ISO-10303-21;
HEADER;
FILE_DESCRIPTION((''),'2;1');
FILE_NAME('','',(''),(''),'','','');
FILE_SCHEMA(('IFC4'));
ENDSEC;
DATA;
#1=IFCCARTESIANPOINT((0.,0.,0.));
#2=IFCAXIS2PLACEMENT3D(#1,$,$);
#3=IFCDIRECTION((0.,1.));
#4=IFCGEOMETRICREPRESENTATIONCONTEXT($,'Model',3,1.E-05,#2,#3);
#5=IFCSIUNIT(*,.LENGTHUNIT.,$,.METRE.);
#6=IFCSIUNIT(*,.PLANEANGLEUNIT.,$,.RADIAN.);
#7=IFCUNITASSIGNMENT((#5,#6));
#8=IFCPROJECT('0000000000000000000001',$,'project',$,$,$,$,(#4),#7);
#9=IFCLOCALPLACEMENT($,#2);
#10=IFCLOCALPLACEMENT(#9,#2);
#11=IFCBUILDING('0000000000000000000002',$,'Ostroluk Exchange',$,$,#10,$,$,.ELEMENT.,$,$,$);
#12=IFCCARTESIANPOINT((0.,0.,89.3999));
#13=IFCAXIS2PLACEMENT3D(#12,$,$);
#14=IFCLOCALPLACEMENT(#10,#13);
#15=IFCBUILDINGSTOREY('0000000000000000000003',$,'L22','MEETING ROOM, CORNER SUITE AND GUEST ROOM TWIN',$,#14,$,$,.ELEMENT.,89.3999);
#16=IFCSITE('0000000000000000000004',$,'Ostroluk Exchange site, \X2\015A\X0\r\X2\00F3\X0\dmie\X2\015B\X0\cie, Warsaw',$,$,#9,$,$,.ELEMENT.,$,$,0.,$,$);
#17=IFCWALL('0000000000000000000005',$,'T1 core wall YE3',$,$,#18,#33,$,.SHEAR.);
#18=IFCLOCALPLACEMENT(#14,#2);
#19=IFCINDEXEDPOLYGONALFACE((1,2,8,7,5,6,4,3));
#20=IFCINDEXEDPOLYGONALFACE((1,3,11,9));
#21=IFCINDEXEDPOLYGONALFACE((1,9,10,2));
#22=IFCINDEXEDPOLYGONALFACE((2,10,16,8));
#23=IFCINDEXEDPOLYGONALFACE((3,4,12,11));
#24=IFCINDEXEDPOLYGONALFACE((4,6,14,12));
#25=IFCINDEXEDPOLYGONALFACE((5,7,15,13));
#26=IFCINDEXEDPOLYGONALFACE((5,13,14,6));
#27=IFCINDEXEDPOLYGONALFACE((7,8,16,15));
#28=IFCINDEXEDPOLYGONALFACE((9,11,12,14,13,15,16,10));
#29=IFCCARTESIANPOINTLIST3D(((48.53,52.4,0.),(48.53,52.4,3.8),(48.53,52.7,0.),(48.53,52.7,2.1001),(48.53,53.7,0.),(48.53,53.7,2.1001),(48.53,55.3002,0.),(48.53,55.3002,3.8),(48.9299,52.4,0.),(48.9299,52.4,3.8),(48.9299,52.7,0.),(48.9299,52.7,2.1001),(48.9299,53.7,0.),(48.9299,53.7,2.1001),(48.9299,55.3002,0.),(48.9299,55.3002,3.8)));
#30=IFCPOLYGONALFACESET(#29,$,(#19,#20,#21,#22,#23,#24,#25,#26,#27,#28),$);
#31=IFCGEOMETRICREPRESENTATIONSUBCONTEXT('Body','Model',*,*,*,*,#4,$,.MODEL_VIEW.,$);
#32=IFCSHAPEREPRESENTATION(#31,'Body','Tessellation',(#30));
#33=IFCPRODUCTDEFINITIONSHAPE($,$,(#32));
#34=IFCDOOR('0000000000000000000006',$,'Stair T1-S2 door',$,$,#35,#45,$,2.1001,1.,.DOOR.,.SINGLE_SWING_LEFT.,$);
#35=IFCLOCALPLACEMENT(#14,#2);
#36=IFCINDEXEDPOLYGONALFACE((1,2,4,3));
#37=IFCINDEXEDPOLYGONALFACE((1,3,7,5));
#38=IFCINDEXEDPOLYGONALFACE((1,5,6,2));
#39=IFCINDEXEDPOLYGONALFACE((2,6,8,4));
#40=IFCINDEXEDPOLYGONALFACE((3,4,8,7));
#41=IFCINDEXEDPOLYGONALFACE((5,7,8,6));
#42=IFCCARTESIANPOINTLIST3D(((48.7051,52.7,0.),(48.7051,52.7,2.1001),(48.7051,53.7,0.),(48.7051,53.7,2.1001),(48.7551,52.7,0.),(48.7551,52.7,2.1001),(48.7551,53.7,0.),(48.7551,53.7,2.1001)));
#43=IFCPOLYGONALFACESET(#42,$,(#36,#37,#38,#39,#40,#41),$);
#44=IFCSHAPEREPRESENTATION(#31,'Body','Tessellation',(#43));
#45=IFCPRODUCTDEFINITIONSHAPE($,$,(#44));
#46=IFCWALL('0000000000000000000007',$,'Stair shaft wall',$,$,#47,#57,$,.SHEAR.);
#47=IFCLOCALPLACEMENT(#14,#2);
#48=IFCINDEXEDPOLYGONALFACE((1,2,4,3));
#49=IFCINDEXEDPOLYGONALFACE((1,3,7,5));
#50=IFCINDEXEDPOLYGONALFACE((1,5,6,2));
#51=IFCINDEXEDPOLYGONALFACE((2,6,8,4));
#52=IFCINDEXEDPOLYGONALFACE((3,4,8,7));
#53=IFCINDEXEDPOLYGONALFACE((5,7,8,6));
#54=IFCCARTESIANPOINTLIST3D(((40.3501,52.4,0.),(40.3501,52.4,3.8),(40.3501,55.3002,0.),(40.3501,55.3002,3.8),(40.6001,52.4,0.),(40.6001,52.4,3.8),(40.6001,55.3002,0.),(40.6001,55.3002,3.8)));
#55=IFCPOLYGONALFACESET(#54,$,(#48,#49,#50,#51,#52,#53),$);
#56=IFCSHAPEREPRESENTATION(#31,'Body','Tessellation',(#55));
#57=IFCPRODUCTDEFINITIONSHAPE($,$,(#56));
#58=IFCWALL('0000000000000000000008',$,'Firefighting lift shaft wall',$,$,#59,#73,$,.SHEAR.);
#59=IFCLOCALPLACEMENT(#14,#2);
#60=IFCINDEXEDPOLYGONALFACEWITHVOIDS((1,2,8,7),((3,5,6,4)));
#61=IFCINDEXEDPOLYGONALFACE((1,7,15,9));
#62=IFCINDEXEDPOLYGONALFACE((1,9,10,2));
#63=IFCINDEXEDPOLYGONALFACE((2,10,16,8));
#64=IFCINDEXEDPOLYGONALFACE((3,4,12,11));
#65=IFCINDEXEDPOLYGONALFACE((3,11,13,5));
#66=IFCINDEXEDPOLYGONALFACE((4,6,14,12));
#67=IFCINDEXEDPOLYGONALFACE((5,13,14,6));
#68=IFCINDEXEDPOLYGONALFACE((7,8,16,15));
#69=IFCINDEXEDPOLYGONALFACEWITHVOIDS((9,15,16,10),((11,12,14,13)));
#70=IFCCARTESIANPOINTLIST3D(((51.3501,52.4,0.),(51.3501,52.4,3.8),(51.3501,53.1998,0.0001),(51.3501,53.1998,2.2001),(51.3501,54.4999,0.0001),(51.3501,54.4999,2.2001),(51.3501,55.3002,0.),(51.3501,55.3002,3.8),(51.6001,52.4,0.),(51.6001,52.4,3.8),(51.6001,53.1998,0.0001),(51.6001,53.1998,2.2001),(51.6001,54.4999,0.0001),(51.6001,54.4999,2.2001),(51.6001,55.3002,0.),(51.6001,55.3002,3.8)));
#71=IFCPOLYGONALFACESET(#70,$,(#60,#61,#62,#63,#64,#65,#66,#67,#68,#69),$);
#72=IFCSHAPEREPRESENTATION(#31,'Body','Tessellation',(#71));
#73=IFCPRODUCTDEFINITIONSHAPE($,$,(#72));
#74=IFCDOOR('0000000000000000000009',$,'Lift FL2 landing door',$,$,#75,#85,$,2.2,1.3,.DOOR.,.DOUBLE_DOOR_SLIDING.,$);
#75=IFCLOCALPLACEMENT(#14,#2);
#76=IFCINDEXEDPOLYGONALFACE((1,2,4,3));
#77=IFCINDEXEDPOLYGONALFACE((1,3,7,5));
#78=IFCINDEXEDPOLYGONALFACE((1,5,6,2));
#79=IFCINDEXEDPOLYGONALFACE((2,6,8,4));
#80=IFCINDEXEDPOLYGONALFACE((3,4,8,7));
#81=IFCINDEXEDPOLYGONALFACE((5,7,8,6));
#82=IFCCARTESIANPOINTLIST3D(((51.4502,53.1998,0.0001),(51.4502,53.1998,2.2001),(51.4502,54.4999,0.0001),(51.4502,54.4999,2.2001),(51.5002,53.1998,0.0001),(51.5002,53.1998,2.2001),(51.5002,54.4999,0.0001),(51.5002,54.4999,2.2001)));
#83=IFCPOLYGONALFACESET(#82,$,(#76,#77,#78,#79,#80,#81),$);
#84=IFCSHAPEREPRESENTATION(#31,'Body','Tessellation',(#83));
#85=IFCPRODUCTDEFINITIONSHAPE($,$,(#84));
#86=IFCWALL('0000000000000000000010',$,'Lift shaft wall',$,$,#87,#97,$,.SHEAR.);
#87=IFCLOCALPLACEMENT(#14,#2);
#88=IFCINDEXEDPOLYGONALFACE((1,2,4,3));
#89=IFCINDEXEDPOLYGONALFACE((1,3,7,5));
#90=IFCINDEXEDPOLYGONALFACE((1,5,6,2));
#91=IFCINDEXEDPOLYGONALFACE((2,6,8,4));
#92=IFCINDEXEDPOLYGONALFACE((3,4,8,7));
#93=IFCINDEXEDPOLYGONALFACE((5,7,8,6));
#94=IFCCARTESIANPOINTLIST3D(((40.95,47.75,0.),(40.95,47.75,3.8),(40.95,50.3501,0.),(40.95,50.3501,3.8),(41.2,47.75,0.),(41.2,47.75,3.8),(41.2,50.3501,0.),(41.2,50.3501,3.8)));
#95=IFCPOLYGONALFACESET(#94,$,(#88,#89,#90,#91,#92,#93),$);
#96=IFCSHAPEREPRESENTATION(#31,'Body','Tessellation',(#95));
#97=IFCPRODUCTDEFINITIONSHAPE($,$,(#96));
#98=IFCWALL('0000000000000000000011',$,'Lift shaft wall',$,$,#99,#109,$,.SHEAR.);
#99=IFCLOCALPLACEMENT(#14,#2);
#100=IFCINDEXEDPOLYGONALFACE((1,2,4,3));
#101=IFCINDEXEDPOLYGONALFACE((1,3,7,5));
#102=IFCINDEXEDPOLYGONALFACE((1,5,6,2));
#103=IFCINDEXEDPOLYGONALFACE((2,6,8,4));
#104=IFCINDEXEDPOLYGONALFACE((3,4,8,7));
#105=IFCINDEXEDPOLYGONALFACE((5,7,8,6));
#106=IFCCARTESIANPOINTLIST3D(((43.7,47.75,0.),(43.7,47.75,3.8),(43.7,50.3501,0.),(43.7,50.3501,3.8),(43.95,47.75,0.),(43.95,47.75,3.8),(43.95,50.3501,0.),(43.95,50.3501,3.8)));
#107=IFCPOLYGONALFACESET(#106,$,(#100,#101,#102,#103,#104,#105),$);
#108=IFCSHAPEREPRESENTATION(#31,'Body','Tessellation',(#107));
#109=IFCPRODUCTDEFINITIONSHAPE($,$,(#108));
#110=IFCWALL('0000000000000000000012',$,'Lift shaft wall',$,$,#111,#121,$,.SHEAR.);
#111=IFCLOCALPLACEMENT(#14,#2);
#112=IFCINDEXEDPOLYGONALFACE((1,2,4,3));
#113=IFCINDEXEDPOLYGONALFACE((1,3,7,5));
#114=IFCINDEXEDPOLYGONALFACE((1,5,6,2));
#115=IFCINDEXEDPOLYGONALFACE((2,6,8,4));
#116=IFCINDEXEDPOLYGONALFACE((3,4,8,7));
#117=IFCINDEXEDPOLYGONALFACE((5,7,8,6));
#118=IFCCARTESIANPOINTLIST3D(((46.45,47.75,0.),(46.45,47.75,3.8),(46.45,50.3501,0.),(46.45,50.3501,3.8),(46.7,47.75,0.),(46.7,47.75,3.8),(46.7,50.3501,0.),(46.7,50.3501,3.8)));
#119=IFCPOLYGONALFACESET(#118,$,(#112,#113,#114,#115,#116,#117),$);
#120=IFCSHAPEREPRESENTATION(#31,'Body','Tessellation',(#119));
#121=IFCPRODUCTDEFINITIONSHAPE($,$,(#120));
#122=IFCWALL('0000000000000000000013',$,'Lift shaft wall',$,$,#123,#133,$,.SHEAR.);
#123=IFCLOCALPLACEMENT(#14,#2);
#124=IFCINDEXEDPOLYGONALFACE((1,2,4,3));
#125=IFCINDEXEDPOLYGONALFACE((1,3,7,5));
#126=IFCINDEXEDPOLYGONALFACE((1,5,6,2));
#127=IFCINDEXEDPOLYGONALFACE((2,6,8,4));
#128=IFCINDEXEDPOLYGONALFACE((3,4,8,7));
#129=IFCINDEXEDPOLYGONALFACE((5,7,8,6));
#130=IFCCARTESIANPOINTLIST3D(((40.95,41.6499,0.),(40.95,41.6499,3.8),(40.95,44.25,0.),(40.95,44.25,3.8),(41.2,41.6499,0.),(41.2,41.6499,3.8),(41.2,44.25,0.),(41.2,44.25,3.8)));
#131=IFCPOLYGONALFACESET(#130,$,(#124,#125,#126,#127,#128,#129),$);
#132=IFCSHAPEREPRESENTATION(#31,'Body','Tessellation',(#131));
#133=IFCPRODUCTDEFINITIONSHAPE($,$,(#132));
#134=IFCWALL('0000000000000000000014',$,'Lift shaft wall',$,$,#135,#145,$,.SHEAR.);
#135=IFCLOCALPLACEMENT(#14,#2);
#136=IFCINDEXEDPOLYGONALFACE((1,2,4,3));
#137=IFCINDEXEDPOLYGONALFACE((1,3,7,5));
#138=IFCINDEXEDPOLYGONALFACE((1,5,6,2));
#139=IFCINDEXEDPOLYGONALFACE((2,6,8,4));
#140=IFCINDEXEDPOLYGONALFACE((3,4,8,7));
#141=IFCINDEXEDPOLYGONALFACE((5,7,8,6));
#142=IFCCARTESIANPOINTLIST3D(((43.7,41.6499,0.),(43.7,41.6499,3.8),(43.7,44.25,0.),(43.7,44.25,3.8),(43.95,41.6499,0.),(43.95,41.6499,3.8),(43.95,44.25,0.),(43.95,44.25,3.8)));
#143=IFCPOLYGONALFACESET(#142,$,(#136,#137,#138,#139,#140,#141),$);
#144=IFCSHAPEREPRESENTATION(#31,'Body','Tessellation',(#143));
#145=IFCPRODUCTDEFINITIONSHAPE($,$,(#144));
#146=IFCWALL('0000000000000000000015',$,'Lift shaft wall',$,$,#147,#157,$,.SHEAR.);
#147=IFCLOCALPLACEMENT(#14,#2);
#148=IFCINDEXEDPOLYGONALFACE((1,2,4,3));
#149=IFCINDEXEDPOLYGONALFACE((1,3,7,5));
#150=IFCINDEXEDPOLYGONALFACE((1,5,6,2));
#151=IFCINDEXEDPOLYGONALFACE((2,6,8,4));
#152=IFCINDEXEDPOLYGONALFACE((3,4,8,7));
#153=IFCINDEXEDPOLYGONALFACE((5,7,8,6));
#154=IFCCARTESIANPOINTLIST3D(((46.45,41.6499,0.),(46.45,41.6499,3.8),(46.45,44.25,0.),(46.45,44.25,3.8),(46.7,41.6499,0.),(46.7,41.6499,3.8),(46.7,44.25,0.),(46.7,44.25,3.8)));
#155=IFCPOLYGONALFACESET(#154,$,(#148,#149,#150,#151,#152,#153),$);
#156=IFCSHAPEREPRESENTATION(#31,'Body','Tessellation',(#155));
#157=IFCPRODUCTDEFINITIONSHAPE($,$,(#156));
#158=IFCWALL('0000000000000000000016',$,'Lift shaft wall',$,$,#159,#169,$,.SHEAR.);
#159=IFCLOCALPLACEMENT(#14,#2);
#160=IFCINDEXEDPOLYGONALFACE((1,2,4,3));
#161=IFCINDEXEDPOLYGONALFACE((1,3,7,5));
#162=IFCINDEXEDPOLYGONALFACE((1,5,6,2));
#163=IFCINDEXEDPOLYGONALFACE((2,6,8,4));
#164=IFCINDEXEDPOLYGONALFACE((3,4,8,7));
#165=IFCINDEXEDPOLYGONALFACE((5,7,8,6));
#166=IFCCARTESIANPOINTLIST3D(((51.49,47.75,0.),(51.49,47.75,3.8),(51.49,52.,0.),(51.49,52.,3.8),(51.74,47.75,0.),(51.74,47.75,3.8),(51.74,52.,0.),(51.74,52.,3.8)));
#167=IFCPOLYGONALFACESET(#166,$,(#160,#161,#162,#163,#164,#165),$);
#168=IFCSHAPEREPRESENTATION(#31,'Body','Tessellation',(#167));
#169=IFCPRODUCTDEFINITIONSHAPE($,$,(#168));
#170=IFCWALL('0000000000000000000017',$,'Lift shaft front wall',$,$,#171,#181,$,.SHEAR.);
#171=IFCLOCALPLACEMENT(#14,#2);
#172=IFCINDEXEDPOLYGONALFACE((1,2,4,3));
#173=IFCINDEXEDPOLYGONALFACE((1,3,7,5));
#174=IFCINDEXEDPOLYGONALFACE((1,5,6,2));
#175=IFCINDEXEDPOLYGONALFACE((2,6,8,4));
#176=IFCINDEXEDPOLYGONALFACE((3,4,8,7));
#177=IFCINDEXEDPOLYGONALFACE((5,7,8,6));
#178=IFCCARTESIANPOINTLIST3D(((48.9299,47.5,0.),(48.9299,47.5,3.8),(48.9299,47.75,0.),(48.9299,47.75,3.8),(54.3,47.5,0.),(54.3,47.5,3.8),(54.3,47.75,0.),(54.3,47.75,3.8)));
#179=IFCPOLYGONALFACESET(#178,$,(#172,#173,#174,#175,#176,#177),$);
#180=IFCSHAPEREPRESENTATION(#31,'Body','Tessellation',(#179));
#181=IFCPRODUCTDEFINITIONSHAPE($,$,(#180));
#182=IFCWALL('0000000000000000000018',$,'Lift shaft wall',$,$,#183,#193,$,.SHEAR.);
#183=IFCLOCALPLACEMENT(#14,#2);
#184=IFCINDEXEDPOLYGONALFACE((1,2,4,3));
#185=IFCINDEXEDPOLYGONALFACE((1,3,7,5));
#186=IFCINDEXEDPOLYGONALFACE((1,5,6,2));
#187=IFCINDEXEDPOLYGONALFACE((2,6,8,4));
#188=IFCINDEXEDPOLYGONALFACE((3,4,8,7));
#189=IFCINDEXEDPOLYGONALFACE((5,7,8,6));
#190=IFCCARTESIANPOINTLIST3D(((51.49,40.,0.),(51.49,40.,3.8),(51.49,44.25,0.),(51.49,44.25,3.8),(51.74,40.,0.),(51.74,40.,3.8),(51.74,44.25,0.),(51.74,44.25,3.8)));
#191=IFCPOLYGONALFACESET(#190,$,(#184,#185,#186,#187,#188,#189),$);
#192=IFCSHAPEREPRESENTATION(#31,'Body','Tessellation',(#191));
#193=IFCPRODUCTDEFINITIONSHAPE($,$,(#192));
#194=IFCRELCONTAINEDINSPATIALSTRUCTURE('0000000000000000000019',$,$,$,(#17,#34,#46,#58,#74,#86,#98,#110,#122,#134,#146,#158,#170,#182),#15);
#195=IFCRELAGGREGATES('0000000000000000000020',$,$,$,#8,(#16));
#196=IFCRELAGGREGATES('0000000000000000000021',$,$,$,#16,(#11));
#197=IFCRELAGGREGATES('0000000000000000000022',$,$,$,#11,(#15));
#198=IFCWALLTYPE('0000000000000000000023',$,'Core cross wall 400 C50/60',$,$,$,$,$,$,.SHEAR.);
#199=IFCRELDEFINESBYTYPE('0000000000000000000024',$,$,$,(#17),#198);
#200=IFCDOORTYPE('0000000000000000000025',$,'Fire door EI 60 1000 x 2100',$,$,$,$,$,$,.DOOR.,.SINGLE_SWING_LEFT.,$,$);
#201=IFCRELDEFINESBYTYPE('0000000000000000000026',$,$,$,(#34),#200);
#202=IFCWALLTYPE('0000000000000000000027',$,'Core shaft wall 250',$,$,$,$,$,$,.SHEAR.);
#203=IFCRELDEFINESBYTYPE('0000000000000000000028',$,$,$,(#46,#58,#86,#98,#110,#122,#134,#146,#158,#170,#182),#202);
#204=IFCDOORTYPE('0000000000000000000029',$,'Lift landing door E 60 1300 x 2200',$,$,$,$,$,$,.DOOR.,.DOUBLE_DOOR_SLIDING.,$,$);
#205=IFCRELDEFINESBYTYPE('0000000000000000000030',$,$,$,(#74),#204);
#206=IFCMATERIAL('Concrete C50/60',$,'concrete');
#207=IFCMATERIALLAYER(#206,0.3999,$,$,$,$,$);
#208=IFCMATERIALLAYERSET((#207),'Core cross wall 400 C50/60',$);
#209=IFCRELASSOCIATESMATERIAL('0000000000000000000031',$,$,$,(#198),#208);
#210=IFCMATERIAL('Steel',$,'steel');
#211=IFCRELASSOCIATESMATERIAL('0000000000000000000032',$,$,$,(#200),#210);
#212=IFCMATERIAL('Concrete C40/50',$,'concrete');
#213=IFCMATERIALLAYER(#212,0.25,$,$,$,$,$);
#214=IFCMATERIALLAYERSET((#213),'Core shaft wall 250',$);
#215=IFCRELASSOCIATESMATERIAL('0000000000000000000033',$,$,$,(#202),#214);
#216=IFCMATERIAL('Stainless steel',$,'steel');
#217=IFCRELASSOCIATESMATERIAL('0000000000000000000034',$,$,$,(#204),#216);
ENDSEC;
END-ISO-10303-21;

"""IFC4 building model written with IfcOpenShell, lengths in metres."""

from ifc_helpers import new_model, si_unit, direction, frame, frame_2d, origin, place, context, subcontext, project, spatial, rectangle, extrude, material, layer, layer_set, type_object, element, fill, save


model = new_model("IFC4")

# Units and contexts
model_context = context("Model", 3, precision=1e-05, world=origin(), true_north=direction((0.0, 1.0)))
body_context = subcontext(model_context, "Body", "Model", "MODEL_VIEW")
ifc_project = project(units=[si_unit("LENGTHUNIT", "METRE"), si_unit("PLANEANGLEUNIT", "RADIAN")], contexts=[model_context])

# Site, building, storey
site_placement = place(None, origin())
site = spatial("IfcSite", under=ifc_project, at=site_placement, Name="Ostroluk Exchange site, Śródmieście, Warsaw", CompositionType="ELEMENT", RefElevation=0.0)
building_placement = place(site_placement, origin())
building = spatial("IfcBuilding", under=site, at=building_placement, Name="Ostroluk Exchange", CompositionType="ELEMENT")
storey_placement = place(building_placement, frame((0.0, 0.0, 89.3999)))
storey = spatial("IfcBuildingStorey", under=building, at=storey_placement, Name="L22", Description="MEETING ROOM, CORNER SUITE AND GUEST ROOM TWIN", CompositionType="ELEMENT", Elevation=89.3999)

# Wall, opening, door
ifc_material_1 = material(Name="Concrete C50/60", Category="concrete")
ifc_layer_1 = layer(ifc_material_1, 0.3999)
ifc_layer_set_1 = layer_set([ifc_layer_1], Name="Core cross wall 400 C50/60")
wall_type_1 = type_object("IfcWallType", Name="Core cross wall 400 C50/60", PredefinedType="SHEAR", material=ifc_layer_set_1)
wall_1_placement = place(storey_placement, frame((48.73, 52.3999, 0.0), z_axis=(0.0, 0.0, 1.0), x_axis=(0.0, 1.0, 0.0)))
wall_1 = element("IfcWall", 1, at=wall_1_placement, inside=storey, type_object=wall_type_1, Name="T1 core wall YE3", PredefinedType="SHEAR", context=body_context, shape_type="SweptSolid", body=[
    extrude(rectangle(XDim=2.9001, YDim=0.3999, at=frame_2d((1.4502, 0.0))), origin(), (0.0, 0.0, 1.0), 3.8),
])
opening_1_placement = place(wall_1_placement, frame((0.3, 0.0, 0.0)))
opening_1 = element("IfcOpeningElement", 2, at=opening_1_placement, cuts=wall_1, PredefinedType="OPENING", context=body_context, shape_type="SweptSolid", body=[
    extrude(rectangle(XDim=1.0, YDim=2.1001, at=frame_2d((0.5, 1.05))), frame((0.0, 0.21, 0.0), z_axis=(0.0, -1.0, 0.0), x_axis=(1.0, 0.0, 0.0)), (0.0, 0.0, 1.0), 0.4199),
])
ifc_material_2 = material(Name="Steel", Category="steel")
door_type_1 = type_object("IfcDoorType", Name="Fire door EI 60 1000 x 2100", OperationType="SINGLE_SWING_LEFT", PredefinedType="DOOR", material=ifc_material_2)
door_1_placement = place(opening_1_placement, origin())
door_1 = element("IfcDoor", 3, at=door_1_placement, inside=storey, type_object=door_type_1, Name="Stair T1-S2 door", OperationType="SINGLE_SWING_LEFT", OverallHeight=2.1001, OverallWidth=1.0, PredefinedType="DOOR", context=body_context, shape_type="SweptSolid", body=[
    extrude(rectangle(XDim=1.0, YDim=2.1001, at=frame_2d((0.5, 1.05))), frame((0.0, 0.0249, 0.0), z_axis=(0.0, -1.0, 0.0), x_axis=(1.0, 0.0, 0.0)), (0.0, 0.0, 1.0), 0.05),
])
fill(opening_1, door_1)

# Wall
ifc_material_3 = material(Name="Concrete C40/50", Category="concrete")
ifc_layer_2 = layer(ifc_material_3, 0.25)
ifc_layer_set_2 = layer_set([ifc_layer_2], Name="Core shaft wall 250")
wall_type_2 = type_object("IfcWallType", Name="Core shaft wall 250", PredefinedType="SHEAR", material=ifc_layer_set_2)
wall_2_placement = place(storey_placement, frame((40.4751, 52.3999, 0.0), z_axis=(0.0, 0.0, 1.0), x_axis=(0.0, 1.0, 0.0)))
element("IfcWall", 4, at=wall_2_placement, inside=storey, type_object=wall_type_2, Name="Stair shaft wall", PredefinedType="SHEAR", context=body_context, shape_type="SweptSolid", body=[
    extrude(rectangle(XDim=2.9001, YDim=0.25, at=frame_2d((1.4502, 0.0))), origin(), (0.0, 0.0, 1.0), 3.8),
])

# Wall, opening, door
wall_3_placement = place(storey_placement, frame((51.4751, 52.3999, 0.0), z_axis=(0.0, 0.0, 1.0), x_axis=(0.0, 1.0, 0.0)))
wall_3 = element("IfcWall", 5, at=wall_3_placement, inside=storey, type_object=wall_type_2, Name="Firefighting lift shaft wall", PredefinedType="SHEAR", context=body_context, shape_type="SweptSolid", body=[
    extrude(rectangle(XDim=2.9001, YDim=0.25, at=frame_2d((1.4502, 0.0))), origin(), (0.0, 0.0, 1.0), 3.8),
])
opening_2_placement = place(wall_3_placement, frame((0.8, 0.0, 0.0)))
opening_2 = element("IfcOpeningElement", 6, at=opening_2_placement, cuts=wall_3, PredefinedType="OPENING", context=body_context, shape_type="SweptSolid", body=[
    extrude(rectangle(XDim=1.3, YDim=2.2, at=frame_2d((0.6499, 1.1001))), frame((0.0, 0.135, 0.0), z_axis=(0.0, -1.0, 0.0), x_axis=(1.0, 0.0, 0.0)), (0.0, 0.0, 1.0), 0.27),
])
ifc_material_4 = material(Name="Stainless steel", Category="steel")
door_type_2 = type_object("IfcDoorType", Name="Lift landing door E 60 1300 x 2200", OperationType="DOUBLE_DOOR_SLIDING", PredefinedType="DOOR", material=ifc_material_4)
door_2_placement = place(opening_2_placement, origin())
door_2 = element("IfcDoor", 7, at=door_2_placement, inside=storey, type_object=door_type_2, Name="Lift FL2 landing door", OperationType="DOUBLE_DOOR_SLIDING", OverallHeight=2.2, OverallWidth=1.3, PredefinedType="DOOR", context=body_context, shape_type="SweptSolid", body=[
    extrude(rectangle(XDim=1.3, YDim=2.2, at=frame_2d((0.6499, 1.1001))), frame((0.0, 0.0249, 0.0), z_axis=(0.0, -1.0, 0.0), x_axis=(1.0, 0.0, 0.0)), (0.0, 0.0, 1.0), 0.05),
])
fill(opening_2, door_2)

# Walls
for number, where, z_axis, x_axis, name in (
    (8, (41.075, 47.75, 0.0), (0.0, 0.0, 1.0), (0.0, 1.0, 0.0), "Lift shaft wall"),
    (9, (43.825, 47.75, 0.0), (0.0, 0.0, 1.0), (0.0, 1.0, 0.0), "Lift shaft wall"),
    (10, (46.575, 47.75, 0.0), (0.0, 0.0, 1.0), (0.0, 1.0, 0.0), "Lift shaft wall"),
    (11, (41.075, 44.25, 0.0), (0.0, 0.0, 1.0), (0.0, -1.0, 0.0), "Lift shaft wall"),
    (12, (43.825, 44.25, 0.0), (0.0, 0.0, 1.0), (0.0, -1.0, 0.0), "Lift shaft wall"),
    (13, (46.575, 44.25, 0.0), (0.0, 0.0, 1.0), (0.0, -1.0, 0.0), "Lift shaft wall"),
):
    element("IfcWall", number, at=place(storey_placement, frame(where, z_axis=z_axis, x_axis=x_axis)), inside=storey, type_object=wall_type_2, Name=name, PredefinedType="SHEAR", context=body_context, shape_type="SweptSolid", body=[
        extrude(rectangle(XDim=2.6001, YDim=0.25, at=frame_2d((1.3, 0.0))), origin(), (0.0, 0.0, 1.0), 3.8),
    ])
wall_4_placement = place(storey_placement, frame((51.615, 47.75, 0.0), z_axis=(0.0, 0.0, 1.0), x_axis=(0.0, 1.0, 0.0)))
element("IfcWall", 14, at=wall_4_placement, inside=storey, type_object=wall_type_2, Name="Lift shaft wall", PredefinedType="SHEAR", context=body_context, shape_type="SweptSolid", body=[
    extrude(rectangle(XDim=4.25, YDim=0.25, at=frame_2d((2.125, 0.0))), origin(), (0.0, 0.0, 1.0), 3.8),
])
wall_5_placement = place(storey_placement, frame((48.9299, 47.625, 0.0), z_axis=(0.0, 0.0, 1.0), x_axis=(1.0, 0.0, 0.0)))
element("IfcWall", 15, at=wall_5_placement, inside=storey, type_object=wall_type_2, Name="Lift shaft front wall", PredefinedType="SHEAR", context=body_context, shape_type="SweptSolid", body=[
    extrude(rectangle(XDim=5.3701, YDim=0.25, at=frame_2d((2.6851, 0.0))), origin(), (0.0, 0.0, 1.0), 3.8),
])
wall_6_placement = place(storey_placement, frame((51.615, 44.25, 0.0), z_axis=(0.0, 0.0, 1.0), x_axis=(0.0, -1.0, 0.0)))
element("IfcWall", 16, at=wall_6_placement, inside=storey, type_object=wall_type_2, Name="Lift shaft wall", PredefinedType="SHEAR", context=body_context, shape_type="SweptSolid", body=[
    extrude(rectangle(XDim=4.25, YDim=0.25, at=frame_2d((2.125, 0.0))), origin(), (0.0, 0.0, 1.0), 3.8),
])

save(model, "model.ifc")
